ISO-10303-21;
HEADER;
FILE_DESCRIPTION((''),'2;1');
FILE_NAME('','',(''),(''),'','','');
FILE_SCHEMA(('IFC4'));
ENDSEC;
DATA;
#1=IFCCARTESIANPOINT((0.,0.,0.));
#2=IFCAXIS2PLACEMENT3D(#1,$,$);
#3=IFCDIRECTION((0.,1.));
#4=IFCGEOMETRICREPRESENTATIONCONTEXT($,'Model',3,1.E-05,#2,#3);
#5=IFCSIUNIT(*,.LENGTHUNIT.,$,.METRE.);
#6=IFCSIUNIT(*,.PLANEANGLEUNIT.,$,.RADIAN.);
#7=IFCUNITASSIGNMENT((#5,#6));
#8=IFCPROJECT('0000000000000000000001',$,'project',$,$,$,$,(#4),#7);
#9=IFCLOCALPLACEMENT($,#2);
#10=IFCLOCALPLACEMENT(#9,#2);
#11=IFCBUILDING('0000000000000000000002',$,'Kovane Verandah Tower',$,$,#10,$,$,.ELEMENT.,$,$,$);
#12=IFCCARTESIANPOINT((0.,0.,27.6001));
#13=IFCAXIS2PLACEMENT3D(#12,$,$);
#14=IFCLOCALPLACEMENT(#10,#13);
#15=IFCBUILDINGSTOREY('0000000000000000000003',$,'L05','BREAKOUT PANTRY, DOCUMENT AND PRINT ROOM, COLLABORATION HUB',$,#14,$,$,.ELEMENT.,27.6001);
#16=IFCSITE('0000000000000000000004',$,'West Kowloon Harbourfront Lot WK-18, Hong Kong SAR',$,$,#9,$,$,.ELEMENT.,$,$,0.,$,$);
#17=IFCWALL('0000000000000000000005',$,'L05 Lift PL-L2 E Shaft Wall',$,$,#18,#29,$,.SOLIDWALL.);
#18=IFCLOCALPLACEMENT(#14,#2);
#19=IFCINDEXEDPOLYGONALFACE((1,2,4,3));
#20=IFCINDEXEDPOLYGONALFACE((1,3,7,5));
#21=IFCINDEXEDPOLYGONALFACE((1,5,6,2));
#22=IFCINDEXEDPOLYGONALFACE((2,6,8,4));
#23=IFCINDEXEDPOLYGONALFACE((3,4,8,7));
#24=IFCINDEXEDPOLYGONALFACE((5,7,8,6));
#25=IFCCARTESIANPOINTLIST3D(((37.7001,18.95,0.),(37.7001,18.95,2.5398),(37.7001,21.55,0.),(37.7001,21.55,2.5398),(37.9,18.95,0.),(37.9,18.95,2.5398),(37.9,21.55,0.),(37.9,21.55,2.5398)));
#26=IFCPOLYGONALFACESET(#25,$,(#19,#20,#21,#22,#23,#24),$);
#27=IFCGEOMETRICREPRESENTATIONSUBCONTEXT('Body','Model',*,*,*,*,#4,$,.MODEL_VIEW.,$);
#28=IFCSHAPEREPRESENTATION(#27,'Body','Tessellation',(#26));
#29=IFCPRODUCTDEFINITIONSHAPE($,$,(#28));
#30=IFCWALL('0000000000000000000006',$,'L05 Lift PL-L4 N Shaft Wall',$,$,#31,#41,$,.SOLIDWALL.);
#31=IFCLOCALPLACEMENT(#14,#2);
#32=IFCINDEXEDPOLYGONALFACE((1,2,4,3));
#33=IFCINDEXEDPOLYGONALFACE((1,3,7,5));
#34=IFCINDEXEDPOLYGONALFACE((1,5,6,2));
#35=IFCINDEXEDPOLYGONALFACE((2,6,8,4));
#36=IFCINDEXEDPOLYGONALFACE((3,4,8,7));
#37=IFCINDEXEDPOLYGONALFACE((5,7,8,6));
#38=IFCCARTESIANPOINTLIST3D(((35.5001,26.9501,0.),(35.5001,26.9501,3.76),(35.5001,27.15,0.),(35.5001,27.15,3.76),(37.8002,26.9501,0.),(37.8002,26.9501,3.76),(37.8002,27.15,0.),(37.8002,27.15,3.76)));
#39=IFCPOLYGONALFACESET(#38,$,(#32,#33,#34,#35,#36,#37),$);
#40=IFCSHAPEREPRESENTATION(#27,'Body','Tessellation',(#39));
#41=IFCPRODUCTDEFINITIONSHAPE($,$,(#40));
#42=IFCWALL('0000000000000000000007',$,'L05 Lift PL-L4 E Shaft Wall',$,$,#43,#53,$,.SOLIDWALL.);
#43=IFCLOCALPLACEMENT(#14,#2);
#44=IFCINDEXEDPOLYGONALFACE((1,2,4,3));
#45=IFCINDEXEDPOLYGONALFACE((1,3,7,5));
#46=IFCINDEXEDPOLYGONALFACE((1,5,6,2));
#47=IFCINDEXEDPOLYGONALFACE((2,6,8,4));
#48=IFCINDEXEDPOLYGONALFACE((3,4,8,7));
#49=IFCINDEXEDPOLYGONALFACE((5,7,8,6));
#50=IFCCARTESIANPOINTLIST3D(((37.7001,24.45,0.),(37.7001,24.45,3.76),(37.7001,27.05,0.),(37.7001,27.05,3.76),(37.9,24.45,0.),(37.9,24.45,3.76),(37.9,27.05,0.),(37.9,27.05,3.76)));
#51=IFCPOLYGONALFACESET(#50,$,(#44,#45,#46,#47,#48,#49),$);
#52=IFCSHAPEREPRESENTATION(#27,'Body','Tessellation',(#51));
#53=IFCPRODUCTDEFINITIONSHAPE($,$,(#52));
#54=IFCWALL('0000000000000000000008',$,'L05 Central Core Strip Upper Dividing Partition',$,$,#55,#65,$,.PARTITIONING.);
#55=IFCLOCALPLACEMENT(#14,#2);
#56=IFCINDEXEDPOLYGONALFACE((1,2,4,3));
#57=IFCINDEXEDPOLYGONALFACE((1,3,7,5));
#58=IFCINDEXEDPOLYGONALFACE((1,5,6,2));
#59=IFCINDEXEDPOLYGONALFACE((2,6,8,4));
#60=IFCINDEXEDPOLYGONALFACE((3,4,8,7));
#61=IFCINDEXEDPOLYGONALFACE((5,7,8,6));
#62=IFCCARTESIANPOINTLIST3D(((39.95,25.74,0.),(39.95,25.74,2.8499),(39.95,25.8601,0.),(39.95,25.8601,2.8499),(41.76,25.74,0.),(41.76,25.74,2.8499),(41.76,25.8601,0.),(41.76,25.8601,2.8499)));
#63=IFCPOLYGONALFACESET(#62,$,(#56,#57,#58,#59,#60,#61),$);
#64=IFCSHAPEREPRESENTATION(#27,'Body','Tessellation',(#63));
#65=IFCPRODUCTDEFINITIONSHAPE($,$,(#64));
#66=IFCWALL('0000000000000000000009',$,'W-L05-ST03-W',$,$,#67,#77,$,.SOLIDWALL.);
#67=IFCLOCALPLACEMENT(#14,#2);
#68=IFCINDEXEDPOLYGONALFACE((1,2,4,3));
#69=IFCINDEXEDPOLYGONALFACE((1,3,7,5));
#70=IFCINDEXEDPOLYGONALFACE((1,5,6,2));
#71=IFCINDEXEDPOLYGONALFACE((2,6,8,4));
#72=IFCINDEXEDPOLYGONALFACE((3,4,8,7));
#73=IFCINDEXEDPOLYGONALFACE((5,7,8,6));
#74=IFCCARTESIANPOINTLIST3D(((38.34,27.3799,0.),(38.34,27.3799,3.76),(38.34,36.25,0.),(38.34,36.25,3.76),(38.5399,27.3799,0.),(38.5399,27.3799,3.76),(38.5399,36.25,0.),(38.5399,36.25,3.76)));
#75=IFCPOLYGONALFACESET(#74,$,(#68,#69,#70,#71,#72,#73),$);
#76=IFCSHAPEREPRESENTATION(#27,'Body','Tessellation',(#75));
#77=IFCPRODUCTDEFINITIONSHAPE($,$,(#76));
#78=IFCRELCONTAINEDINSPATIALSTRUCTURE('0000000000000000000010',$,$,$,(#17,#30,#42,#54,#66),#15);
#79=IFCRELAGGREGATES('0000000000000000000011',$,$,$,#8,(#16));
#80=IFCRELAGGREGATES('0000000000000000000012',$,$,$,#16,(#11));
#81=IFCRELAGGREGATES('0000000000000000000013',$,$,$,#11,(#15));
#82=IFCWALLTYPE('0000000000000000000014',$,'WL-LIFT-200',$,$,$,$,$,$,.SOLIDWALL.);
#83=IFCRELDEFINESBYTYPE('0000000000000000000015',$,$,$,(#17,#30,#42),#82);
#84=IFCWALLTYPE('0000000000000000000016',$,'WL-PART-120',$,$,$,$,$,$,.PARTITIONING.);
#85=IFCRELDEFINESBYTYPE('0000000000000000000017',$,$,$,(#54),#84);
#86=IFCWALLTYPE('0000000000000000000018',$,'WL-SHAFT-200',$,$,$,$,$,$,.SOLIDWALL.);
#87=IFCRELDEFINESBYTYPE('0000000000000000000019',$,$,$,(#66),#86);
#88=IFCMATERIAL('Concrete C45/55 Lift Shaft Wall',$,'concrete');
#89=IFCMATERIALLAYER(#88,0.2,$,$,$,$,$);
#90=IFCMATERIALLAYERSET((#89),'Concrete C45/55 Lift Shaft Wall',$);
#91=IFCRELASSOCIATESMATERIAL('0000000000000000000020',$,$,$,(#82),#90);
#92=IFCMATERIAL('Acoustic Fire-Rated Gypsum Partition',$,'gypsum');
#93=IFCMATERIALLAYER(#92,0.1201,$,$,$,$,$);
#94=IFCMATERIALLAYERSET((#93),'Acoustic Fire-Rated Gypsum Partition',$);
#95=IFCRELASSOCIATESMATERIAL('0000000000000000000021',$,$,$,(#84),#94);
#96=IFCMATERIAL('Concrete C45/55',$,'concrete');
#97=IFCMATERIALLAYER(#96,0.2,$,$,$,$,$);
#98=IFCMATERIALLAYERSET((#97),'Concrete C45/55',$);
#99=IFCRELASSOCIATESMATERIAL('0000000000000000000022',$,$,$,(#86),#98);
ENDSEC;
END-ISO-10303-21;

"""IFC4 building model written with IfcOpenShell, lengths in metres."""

from ifc_helpers import new_model, si_unit, direction, frame, frame_2d, origin, place, context, subcontext, project, spatial, rectangle, extrude, material, layer, layer_set, type_object, element, save


model = new_model("IFC4")

# Units and contexts
model_context = context("Model", 3, precision=1e-05, world=origin(), true_north=direction((0.0, 1.0)))
body_context = subcontext(model_context, "Body", "Model", "MODEL_VIEW")
ifc_project = project(units=[si_unit("LENGTHUNIT", "METRE"), si_unit("PLANEANGLEUNIT", "RADIAN")], contexts=[model_context])

# Site, building, storey
site_placement = place(None, origin())
site = spatial("IfcSite", under=ifc_project, at=site_placement, Name="West Kowloon Harbourfront Lot WK-18, Hong Kong SAR", CompositionType="ELEMENT", RefElevation=0.0)
building_placement = place(site_placement, origin())
building = spatial("IfcBuilding", under=site, at=building_placement, Name="Kovane Verandah Tower", CompositionType="ELEMENT")
storey_placement = place(building_placement, frame((0.0, 0.0, 27.6001)))
storey = spatial("IfcBuildingStorey", under=building, at=storey_placement, Name="L05", Description="BREAKOUT PANTRY, DOCUMENT AND PRINT ROOM, COLLABORATION HUB", CompositionType="ELEMENT", Elevation=27.6001)

# Shared definitions
ifc_material_1 = material(Name="Concrete C45/55 Lift Shaft Wall", Category="concrete")
ifc_layer_1 = layer(ifc_material_1, 0.2)
ifc_layer_set_1 = layer_set([ifc_layer_1], Name="Concrete C45/55 Lift Shaft Wall")
wall_type_1 = type_object("IfcWallType", Name="WL-LIFT-200", PredefinedType="SOLIDWALL", material=ifc_layer_set_1)

# Walls
wall_1_placement = place(storey_placement, frame((37.8, 18.95, 0.0), z_axis=(0.0, 0.0, 1.0), x_axis=(0.0, 1.0, 0.0)))
element("IfcWall", 1, at=wall_1_placement, inside=storey, type_object=wall_type_1, Name="L05 Lift PL-L2 E Shaft Wall", PredefinedType="SOLIDWALL", context=body_context, shape_type="SweptSolid", body=[
    extrude(rectangle(XDim=2.6001, YDim=0.2, at=frame_2d((1.3, 0.0))), origin(), (0.0, 0.0, 1.0), 2.5398),
])
wall_2_placement = place(storey_placement, frame((37.8, 27.05, 0.0), z_axis=(0.0, 0.0, 1.0), x_axis=(-1.0, 0.0, 0.0)))
element("IfcWall", 2, at=wall_2_placement, inside=storey, type_object=wall_type_1, Name="L05 Lift PL-L4 N Shaft Wall", PredefinedType="SOLIDWALL", context=body_context, shape_type="SweptSolid", body=[
    extrude(rectangle(XDim=2.3, YDim=0.2, at=frame_2d((1.1499, 0.0))), origin(), (0.0, 0.0, 1.0), 3.76),
])
wall_3_placement = place(storey_placement, frame((37.8, 24.45, 0.0), z_axis=(0.0, 0.0, 1.0), x_axis=(0.0, 1.0, 0.0)))
element("IfcWall", 3, at=wall_3_placement, inside=storey, type_object=wall_type_1, Name="L05 Lift PL-L4 E Shaft Wall", PredefinedType="SOLIDWALL", context=body_context, shape_type="SweptSolid", body=[
    extrude(rectangle(XDim=2.6001, YDim=0.2, at=frame_2d((1.3, 0.0))), origin(), (0.0, 0.0, 1.0), 3.76),
])
ifc_material_2 = material(Name="Acoustic Fire-Rated Gypsum Partition", Category="gypsum")
ifc_layer_2 = layer(ifc_material_2, 0.1201)
ifc_layer_set_2 = layer_set([ifc_layer_2], Name="Acoustic Fire-Rated Gypsum Partition")
wall_type_2 = type_object("IfcWallType", Name="WL-PART-120", PredefinedType="PARTITIONING", material=ifc_layer_set_2)
wall_4_placement = place(storey_placement, frame((39.95, 25.8, 0.0), z_axis=(0.0, 0.0, 1.0), x_axis=(1.0, 0.0, 0.0)))
element("IfcWall", 4, at=wall_4_placement, inside=storey, type_object=wall_type_2, Name="L05 Central Core Strip Upper Dividing Partition", PredefinedType="PARTITIONING", context=body_context, shape_type="SweptSolid", body=[
    extrude(rectangle(XDim=1.8101, YDim=0.1201, at=frame_2d((0.905, 0.0))), origin(), (0.0, 0.0, 1.0), 2.8499),
])
ifc_material_3 = material(Name="Concrete C45/55", Category="concrete")
ifc_layer_3 = layer(ifc_material_3, 0.2)
ifc_layer_set_3 = layer_set([ifc_layer_3], Name="Concrete C45/55")
wall_type_3 = type_object("IfcWallType", Name="WL-SHAFT-200", PredefinedType="SOLIDWALL", material=ifc_layer_set_3)
wall_5_placement = place(storey_placement, frame((38.4399, 27.3799, 0.0), z_axis=(0.0, 0.0, 1.0), x_axis=(0.0, 1.0, 0.0)))
element("IfcWall", 5, at=wall_5_placement, inside=storey, type_object=wall_type_3, Name="W-L05-ST03-W", PredefinedType="SOLIDWALL", context=body_context, shape_type="SweptSolid", body=[
    extrude(rectangle(XDim=8.8701, YDim=0.2, at=frame_2d((4.4351, 0.0))), origin(), (0.0, 0.0, 1.0), 3.76),
])

save(model, "model.ifc")
